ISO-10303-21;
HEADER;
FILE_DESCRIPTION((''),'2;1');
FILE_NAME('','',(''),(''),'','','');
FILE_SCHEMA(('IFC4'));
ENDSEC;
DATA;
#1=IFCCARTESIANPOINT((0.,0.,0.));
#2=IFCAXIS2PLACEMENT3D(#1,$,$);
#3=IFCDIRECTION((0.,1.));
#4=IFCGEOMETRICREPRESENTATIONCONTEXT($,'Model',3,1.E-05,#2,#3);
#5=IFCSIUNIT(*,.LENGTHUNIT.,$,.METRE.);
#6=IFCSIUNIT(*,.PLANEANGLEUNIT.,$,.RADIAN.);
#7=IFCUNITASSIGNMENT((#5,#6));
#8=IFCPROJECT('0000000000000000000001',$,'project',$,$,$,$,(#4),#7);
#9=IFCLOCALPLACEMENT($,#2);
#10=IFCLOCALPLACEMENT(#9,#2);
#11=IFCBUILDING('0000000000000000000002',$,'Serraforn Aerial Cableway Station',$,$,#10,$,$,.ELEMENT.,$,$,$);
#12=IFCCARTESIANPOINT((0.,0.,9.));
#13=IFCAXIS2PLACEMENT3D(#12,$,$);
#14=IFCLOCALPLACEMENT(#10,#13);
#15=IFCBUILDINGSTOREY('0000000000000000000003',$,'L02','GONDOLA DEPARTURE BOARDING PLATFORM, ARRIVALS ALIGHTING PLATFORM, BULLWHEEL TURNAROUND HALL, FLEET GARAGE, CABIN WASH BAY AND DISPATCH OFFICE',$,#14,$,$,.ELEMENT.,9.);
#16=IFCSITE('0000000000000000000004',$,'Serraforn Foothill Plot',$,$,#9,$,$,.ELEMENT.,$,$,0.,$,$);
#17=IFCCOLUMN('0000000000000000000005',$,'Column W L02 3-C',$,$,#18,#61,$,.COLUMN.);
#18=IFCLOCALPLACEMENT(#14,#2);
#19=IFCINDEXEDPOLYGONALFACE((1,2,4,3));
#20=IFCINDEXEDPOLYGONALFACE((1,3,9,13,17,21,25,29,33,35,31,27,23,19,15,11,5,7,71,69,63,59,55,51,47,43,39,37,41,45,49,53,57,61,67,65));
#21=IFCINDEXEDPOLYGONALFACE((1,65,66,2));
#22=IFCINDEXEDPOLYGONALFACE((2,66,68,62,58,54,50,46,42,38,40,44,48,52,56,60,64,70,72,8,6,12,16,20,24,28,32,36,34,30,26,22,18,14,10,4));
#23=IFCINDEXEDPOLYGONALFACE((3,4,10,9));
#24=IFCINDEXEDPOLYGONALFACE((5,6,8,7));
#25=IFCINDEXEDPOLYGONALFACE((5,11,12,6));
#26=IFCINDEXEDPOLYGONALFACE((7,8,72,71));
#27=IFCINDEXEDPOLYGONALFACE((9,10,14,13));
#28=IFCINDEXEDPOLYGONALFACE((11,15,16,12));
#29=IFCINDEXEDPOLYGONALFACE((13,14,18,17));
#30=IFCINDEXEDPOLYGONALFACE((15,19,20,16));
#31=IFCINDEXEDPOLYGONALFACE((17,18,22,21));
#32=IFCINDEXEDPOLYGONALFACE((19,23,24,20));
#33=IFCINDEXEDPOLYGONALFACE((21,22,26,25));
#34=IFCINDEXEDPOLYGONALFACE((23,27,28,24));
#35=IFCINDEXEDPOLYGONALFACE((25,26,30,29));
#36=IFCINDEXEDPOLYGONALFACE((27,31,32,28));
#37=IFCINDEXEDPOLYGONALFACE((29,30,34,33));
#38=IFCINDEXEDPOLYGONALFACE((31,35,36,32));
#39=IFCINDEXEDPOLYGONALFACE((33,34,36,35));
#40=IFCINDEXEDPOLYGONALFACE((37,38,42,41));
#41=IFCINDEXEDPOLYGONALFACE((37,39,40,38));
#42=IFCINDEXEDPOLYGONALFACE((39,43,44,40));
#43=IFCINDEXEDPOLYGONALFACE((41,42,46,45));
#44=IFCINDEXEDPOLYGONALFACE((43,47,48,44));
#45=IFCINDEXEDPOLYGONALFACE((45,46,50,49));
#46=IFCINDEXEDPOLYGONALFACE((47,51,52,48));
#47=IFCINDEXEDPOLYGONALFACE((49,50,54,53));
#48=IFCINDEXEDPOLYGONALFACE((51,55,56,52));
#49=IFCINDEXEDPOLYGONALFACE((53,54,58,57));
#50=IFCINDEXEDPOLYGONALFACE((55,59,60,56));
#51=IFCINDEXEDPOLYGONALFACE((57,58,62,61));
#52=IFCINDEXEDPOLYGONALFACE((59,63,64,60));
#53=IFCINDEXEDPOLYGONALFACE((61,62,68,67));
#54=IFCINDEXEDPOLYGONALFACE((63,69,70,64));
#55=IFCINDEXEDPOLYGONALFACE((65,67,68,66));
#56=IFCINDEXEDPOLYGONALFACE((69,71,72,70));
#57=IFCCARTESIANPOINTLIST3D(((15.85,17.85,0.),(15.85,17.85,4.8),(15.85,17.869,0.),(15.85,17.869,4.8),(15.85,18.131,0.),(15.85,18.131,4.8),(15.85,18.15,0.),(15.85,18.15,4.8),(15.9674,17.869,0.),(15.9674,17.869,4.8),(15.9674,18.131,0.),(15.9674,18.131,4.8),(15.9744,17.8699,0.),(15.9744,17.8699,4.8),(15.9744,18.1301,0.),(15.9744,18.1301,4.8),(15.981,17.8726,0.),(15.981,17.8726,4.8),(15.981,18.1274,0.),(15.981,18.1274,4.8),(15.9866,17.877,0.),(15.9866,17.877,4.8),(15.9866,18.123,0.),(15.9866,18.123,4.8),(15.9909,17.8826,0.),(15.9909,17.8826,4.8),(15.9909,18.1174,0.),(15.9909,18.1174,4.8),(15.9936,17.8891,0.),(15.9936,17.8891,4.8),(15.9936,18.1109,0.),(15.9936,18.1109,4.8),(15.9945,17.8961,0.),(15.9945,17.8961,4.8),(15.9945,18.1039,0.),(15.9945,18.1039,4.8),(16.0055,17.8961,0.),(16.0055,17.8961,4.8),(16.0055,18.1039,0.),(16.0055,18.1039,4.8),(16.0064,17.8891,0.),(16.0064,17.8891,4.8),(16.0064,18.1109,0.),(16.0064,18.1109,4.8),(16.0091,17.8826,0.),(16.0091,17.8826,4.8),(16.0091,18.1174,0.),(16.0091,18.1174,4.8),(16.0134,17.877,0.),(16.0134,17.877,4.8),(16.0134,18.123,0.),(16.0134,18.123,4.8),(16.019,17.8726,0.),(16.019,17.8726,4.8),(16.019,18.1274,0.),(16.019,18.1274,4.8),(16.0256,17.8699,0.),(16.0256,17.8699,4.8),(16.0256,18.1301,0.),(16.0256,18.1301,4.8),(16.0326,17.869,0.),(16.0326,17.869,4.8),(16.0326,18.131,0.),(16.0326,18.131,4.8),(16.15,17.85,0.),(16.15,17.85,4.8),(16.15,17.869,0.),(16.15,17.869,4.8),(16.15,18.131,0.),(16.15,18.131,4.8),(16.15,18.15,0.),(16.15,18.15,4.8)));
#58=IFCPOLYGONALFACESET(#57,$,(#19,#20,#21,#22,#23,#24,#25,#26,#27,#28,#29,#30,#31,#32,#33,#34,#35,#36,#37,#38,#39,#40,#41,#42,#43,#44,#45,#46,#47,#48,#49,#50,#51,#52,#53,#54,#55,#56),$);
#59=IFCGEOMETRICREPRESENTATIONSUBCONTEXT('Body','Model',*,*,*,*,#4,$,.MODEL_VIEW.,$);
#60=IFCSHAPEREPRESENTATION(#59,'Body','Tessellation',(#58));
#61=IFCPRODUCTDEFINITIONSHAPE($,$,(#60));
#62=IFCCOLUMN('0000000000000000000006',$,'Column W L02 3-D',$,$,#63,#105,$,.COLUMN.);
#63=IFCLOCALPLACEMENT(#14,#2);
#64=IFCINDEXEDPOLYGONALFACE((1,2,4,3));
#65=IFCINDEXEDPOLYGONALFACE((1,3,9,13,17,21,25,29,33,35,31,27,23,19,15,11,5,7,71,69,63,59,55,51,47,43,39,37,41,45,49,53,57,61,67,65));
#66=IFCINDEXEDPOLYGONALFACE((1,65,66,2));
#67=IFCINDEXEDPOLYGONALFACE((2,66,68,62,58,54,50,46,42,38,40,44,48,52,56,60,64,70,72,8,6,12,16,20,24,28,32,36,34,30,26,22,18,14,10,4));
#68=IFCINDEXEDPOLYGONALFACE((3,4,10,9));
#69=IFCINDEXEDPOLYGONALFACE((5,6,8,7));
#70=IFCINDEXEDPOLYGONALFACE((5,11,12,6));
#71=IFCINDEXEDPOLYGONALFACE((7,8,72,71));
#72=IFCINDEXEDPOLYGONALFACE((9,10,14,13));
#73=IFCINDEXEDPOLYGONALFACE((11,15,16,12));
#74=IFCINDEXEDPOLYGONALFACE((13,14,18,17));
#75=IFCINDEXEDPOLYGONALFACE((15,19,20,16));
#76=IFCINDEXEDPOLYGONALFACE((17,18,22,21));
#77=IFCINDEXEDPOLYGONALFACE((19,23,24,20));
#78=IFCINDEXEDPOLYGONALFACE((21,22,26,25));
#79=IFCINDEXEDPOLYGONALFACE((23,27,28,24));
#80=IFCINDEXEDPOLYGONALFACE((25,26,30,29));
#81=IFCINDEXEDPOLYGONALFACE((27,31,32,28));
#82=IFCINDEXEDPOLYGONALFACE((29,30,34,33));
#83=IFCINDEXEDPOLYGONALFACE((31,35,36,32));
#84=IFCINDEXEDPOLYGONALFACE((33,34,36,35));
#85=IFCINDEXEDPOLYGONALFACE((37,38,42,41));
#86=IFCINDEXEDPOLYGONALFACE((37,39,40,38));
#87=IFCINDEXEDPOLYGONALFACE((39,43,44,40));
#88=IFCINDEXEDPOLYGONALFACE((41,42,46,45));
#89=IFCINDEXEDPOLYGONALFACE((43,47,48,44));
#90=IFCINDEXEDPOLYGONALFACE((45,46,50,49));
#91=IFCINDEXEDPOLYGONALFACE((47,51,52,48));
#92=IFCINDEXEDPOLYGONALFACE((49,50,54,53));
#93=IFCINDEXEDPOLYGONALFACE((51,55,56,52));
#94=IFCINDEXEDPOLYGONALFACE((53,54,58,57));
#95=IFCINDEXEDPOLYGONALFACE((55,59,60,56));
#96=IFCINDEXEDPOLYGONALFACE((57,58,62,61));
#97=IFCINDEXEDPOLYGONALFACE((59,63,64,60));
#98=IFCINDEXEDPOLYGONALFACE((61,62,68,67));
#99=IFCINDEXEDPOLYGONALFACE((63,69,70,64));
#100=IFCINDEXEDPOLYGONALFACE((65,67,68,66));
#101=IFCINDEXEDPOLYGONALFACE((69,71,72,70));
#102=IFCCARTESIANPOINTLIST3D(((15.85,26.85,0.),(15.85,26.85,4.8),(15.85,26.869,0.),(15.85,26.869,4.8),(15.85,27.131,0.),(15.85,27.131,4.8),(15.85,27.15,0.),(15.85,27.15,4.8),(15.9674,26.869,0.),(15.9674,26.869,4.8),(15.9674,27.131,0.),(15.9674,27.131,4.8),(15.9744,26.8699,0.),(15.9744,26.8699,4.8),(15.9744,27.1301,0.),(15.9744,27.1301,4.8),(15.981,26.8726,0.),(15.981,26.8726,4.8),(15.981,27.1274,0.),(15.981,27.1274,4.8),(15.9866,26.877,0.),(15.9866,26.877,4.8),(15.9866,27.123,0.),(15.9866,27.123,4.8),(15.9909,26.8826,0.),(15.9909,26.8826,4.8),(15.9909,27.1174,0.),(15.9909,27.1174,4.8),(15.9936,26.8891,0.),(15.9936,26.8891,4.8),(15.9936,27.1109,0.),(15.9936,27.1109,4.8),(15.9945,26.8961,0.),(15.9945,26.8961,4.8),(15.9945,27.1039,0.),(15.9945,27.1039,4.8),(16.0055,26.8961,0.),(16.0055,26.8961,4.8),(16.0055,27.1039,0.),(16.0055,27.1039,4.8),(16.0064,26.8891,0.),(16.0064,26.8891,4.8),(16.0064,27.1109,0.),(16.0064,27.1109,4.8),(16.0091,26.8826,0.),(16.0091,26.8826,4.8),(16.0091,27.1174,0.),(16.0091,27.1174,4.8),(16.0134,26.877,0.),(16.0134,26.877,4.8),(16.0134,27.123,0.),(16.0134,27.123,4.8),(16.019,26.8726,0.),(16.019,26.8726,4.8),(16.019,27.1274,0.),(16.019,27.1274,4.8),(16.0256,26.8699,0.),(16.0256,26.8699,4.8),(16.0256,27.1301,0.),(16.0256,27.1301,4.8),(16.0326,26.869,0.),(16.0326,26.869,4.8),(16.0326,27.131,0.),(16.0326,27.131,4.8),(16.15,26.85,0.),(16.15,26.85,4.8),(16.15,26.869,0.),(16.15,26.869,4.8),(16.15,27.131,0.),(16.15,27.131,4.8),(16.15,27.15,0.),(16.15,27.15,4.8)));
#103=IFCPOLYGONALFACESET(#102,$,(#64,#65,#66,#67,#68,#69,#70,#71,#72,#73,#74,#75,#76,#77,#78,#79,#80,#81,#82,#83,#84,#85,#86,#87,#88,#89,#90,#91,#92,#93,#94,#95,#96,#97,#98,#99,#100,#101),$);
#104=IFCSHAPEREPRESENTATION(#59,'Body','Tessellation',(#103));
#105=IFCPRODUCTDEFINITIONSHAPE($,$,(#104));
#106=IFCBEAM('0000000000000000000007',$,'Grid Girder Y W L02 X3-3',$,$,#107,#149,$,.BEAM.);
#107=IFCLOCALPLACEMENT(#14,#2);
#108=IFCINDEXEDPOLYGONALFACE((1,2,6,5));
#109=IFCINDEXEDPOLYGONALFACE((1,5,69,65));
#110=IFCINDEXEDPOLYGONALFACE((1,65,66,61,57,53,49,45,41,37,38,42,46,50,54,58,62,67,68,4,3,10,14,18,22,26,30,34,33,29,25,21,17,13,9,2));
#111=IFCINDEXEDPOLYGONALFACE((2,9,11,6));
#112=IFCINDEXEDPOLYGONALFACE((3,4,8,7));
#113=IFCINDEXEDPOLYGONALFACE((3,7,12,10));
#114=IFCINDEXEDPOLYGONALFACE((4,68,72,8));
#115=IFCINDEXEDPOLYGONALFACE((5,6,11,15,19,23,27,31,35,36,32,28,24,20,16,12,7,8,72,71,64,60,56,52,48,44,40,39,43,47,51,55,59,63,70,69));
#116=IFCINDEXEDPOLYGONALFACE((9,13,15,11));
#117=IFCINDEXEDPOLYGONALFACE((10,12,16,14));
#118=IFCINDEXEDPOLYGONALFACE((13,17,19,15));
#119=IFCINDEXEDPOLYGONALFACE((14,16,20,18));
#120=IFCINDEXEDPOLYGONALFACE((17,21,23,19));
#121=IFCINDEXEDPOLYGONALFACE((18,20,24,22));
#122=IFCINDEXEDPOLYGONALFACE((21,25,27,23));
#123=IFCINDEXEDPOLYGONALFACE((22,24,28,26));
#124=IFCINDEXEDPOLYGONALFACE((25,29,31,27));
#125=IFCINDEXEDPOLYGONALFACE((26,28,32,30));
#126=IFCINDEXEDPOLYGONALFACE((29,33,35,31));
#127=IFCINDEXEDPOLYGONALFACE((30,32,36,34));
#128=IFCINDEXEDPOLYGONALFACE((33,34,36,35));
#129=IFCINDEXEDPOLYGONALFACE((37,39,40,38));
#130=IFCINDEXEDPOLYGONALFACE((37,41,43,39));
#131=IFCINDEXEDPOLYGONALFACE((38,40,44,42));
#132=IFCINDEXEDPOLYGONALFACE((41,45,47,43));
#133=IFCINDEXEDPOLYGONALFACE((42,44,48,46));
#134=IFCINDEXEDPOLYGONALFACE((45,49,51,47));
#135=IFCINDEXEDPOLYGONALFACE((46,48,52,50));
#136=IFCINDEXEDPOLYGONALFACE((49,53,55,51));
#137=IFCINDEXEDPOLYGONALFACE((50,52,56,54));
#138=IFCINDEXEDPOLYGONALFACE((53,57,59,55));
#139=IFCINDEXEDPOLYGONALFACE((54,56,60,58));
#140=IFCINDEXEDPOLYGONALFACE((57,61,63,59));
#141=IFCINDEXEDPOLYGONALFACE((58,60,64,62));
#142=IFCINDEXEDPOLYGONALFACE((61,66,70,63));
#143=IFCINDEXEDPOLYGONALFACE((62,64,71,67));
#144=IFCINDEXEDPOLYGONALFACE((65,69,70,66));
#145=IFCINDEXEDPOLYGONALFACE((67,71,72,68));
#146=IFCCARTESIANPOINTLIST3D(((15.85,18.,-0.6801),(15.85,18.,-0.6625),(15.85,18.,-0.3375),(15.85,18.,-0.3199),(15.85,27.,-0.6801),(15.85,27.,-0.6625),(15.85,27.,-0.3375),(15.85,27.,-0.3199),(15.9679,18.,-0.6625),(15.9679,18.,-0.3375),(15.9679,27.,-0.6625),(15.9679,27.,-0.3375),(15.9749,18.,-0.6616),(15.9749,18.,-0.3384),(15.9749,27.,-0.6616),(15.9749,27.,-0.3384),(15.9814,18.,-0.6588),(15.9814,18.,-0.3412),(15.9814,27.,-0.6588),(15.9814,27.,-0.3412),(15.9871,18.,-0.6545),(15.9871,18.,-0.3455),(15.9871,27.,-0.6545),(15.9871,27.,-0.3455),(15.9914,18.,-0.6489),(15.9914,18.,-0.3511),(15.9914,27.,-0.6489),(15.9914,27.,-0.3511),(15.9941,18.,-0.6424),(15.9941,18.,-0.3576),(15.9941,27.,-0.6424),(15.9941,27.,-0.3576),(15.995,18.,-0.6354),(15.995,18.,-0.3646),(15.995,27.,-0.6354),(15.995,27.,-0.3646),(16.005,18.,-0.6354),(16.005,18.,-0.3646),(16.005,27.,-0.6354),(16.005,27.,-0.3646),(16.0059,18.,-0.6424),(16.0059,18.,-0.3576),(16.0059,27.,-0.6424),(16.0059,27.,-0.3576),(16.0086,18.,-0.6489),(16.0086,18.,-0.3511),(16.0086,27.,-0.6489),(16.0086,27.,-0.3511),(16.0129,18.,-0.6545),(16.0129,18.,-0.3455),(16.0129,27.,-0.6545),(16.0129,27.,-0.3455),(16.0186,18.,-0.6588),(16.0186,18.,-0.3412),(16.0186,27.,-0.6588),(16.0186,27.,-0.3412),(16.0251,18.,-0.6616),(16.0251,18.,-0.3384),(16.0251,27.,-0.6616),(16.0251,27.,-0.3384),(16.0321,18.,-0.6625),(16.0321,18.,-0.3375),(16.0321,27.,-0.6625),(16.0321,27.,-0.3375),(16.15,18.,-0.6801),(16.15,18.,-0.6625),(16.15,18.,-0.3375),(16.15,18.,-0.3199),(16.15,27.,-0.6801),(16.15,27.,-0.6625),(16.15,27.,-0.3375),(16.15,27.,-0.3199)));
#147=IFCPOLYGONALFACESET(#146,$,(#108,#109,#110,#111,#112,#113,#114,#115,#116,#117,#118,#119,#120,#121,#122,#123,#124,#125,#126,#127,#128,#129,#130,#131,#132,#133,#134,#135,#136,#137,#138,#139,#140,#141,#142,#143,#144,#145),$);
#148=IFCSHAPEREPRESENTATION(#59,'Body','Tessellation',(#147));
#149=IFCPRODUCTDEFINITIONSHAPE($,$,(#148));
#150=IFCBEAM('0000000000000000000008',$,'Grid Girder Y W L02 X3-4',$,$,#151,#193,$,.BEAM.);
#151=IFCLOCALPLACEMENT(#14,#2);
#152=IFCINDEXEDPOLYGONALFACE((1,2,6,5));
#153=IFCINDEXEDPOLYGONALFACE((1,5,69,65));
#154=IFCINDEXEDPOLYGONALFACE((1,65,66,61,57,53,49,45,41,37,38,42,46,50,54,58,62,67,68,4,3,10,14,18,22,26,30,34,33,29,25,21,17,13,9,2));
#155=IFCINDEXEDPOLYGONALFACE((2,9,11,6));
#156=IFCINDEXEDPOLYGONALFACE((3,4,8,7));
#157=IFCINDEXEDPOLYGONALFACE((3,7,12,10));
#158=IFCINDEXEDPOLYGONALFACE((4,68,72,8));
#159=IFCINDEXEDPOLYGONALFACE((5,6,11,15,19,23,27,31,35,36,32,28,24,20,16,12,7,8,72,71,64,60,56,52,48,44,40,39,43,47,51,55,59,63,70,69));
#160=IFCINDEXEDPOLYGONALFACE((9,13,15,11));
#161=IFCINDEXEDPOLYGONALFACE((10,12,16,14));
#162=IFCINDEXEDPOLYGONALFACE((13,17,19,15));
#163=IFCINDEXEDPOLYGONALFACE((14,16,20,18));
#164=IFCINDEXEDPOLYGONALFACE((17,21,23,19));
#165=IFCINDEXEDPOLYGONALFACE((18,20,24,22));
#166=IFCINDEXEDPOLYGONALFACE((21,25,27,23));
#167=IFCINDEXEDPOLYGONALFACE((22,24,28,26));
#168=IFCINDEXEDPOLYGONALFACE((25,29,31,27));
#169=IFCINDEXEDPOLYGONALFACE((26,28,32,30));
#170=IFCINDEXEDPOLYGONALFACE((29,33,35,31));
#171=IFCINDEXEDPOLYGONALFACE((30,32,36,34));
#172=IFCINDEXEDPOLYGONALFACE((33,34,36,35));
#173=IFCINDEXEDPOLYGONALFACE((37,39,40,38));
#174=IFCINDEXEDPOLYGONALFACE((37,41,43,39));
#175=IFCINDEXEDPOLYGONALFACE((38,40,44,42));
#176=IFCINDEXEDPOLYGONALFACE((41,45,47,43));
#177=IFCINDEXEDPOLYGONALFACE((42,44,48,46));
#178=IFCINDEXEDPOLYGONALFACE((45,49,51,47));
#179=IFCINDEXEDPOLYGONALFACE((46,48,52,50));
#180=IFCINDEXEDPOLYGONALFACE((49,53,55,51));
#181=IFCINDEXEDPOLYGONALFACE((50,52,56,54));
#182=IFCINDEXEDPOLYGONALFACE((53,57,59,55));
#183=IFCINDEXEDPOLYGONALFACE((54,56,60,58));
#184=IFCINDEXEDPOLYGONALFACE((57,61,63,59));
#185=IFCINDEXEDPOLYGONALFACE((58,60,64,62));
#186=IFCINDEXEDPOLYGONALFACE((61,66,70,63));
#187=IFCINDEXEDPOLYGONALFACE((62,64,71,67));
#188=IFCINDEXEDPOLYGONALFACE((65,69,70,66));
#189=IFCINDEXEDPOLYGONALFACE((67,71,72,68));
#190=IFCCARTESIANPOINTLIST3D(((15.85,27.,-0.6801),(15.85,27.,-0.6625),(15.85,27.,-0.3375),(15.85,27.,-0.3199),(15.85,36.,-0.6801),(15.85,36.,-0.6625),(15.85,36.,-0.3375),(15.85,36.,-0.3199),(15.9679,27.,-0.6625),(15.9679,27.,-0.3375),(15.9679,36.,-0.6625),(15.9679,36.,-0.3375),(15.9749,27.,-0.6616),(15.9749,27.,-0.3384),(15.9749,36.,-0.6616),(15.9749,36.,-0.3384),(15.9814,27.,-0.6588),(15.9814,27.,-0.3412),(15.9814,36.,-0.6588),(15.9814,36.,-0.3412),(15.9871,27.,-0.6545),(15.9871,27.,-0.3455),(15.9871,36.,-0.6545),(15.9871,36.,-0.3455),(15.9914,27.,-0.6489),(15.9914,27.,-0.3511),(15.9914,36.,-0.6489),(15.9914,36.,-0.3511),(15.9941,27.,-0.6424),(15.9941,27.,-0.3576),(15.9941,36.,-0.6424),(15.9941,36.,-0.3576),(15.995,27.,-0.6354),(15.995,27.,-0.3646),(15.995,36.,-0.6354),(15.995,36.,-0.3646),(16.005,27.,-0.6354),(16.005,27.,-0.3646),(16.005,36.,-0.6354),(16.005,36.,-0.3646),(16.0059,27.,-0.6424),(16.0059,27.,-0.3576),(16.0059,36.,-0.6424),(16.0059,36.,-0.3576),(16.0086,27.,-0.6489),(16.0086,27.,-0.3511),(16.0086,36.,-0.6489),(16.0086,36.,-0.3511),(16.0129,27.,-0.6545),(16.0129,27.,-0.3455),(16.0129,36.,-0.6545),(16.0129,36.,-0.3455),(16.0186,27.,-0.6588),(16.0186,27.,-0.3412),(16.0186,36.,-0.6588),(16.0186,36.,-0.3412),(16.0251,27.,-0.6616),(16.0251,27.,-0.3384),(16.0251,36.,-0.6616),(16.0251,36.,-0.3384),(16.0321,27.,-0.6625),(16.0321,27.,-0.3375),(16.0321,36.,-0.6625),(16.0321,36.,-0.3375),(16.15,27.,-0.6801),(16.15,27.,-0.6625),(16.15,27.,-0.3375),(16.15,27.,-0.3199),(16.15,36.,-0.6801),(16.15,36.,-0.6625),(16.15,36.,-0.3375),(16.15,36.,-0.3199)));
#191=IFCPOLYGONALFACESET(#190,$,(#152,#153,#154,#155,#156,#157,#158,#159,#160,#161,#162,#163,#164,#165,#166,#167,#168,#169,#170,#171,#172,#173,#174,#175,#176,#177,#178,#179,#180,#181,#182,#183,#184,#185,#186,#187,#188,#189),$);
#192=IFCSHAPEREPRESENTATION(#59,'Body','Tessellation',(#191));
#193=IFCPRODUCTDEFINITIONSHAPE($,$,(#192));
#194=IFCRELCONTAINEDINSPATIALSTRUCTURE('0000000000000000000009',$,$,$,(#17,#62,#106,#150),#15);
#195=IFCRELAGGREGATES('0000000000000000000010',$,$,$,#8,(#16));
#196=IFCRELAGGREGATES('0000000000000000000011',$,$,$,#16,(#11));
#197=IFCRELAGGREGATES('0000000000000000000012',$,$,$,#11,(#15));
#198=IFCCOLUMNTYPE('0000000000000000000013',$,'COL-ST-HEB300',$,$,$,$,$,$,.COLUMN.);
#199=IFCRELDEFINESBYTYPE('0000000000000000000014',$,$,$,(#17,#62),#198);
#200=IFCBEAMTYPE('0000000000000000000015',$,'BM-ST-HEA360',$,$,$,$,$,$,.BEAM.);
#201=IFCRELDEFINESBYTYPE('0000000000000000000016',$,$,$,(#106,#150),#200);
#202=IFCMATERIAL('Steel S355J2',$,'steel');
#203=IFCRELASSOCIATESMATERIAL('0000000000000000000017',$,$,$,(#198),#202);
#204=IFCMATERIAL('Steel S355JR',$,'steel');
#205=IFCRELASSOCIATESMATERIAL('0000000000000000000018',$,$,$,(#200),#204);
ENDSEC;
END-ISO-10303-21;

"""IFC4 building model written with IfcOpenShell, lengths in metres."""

from ifc_helpers import new_model, si_unit, direction, frame, origin, origin_2d, place, context, subcontext, project, spatial, i_section, extrude, material, material_profile, profile_set, type_object, element, save


model = new_model("IFC4")

# Units and contexts
model_context = context("Model", 3, precision=1e-05, world=origin(), true_north=direction((0.0, 1.0)))
body_context = subcontext(model_context, "Body", "Model", "MODEL_VIEW")
ifc_project = project(units=[si_unit("LENGTHUNIT", "METRE"), si_unit("PLANEANGLEUNIT", "RADIAN")], contexts=[model_context])

# Site, building, storey
site_placement = place(None, origin())
site = spatial("IfcSite", under=ifc_project, at=site_placement, Name="Serraforn Foothill Plot", CompositionType="ELEMENT", RefElevation=0.0)
building_placement = place(site_placement, origin())
building = spatial("IfcBuilding", under=site, at=building_placement, Name="Serraforn Aerial Cableway Station", CompositionType="ELEMENT")
storey_placement = place(building_placement, frame((0.0, 0.0, 9.0)))
storey = spatial("IfcBuildingStorey", under=building, at=storey_placement, Name="L02", Description="GONDOLA DEPARTURE BOARDING PLATFORM, ARRIVALS ALIGHTING PLATFORM, BULLWHEEL TURNAROUND HALL, FLEET GARAGE, CABIN WASH BAY AND DISPATCH OFFICE", CompositionType="ELEMENT", Elevation=9.0)

# Columns
ifc_material_1 = material(Name="Steel S355J2", Category="steel")
ifc_material_profile_1 = material_profile(ifc_material_1, i_section(OverallWidth=0.3, OverallDepth=0.3, WebThickness=0.011, FlangeThickness=0.019, FilletRadius=0.0271, at=origin_2d()), Name="HEB 300")
ifc_profile_set_1 = profile_set([ifc_material_profile_1], Name="Steel S355J2")
column_type = type_object("IfcColumnType", Name="COL-ST-HEB300", PredefinedType="COLUMN", material=ifc_profile_set_1)
for number, where, z_axis, x_axis, name in (
    (1, (16.0, 18.0, 0.0), (0.0, 0.0, 1.0), (1.0, 0.0, 0.0), "Column W L02 3-C"),
    (2, (16.0, 27.0, 0.0), (0.0, 0.0, 1.0), (1.0, 0.0, 0.0), "Column W L02 3-D"),
):
    element("IfcColumn", number, at=place(storey_placement, frame(where, z_axis=z_axis, x_axis=x_axis)), inside=storey, type_object=column_type, Name=name, PredefinedType="COLUMN", context=body_context, shape_type="SweptSolid", body=[
        extrude(i_section(OverallWidth=0.3, OverallDepth=0.3, WebThickness=0.011, FlangeThickness=0.019, FilletRadius=0.0271, at=origin_2d()), origin(), (0.0, 0.0, 1.0), 4.8),
    ])

# Beams
ifc_material_2 = material(Name="Steel S355JR", Category="steel")
ifc_material_profile_2 = material_profile(ifc_material_2, i_section(OverallWidth=0.3, OverallDepth=0.3601, WebThickness=0.01, FlangeThickness=0.0176, FilletRadius=0.0271, at=origin_2d()), Name="HEA 360")
ifc_profile_set_2 = profile_set([ifc_material_profile_2], Name="Steel S355JR")
beam_type_1 = type_object("IfcBeamType", Name="BM-ST-HEA360", PredefinedType="BEAM", material=ifc_profile_set_2)
for number, where, z_axis, x_axis, name in (
    (3, (16.0, 18.0, -0.5), (0.0, 1.0, 0.0), (-1.0, 0.0, 0.0), "Grid Girder Y W L02 X3-3"),
    (4, (16.0, 27.0, -0.5), (0.0, 1.0, 0.0), (-1.0, 0.0, 0.0), "Grid Girder Y W L02 X3-4"),
):
    element("IfcBeam", number, at=place(storey_placement, frame(where, z_axis=z_axis, x_axis=x_axis)), inside=storey, type_object=beam_type_1, Name=name, PredefinedType="BEAM", context=body_context, shape_type="SweptSolid", body=[
        extrude(i_section(OverallWidth=0.3, OverallDepth=0.3601, WebThickness=0.01, FlangeThickness=0.0176, FilletRadius=0.0271, at=origin_2d()), origin(), (0.0, 0.0, 1.0), 9.0),
    ])

save(model, "model.ifc")
